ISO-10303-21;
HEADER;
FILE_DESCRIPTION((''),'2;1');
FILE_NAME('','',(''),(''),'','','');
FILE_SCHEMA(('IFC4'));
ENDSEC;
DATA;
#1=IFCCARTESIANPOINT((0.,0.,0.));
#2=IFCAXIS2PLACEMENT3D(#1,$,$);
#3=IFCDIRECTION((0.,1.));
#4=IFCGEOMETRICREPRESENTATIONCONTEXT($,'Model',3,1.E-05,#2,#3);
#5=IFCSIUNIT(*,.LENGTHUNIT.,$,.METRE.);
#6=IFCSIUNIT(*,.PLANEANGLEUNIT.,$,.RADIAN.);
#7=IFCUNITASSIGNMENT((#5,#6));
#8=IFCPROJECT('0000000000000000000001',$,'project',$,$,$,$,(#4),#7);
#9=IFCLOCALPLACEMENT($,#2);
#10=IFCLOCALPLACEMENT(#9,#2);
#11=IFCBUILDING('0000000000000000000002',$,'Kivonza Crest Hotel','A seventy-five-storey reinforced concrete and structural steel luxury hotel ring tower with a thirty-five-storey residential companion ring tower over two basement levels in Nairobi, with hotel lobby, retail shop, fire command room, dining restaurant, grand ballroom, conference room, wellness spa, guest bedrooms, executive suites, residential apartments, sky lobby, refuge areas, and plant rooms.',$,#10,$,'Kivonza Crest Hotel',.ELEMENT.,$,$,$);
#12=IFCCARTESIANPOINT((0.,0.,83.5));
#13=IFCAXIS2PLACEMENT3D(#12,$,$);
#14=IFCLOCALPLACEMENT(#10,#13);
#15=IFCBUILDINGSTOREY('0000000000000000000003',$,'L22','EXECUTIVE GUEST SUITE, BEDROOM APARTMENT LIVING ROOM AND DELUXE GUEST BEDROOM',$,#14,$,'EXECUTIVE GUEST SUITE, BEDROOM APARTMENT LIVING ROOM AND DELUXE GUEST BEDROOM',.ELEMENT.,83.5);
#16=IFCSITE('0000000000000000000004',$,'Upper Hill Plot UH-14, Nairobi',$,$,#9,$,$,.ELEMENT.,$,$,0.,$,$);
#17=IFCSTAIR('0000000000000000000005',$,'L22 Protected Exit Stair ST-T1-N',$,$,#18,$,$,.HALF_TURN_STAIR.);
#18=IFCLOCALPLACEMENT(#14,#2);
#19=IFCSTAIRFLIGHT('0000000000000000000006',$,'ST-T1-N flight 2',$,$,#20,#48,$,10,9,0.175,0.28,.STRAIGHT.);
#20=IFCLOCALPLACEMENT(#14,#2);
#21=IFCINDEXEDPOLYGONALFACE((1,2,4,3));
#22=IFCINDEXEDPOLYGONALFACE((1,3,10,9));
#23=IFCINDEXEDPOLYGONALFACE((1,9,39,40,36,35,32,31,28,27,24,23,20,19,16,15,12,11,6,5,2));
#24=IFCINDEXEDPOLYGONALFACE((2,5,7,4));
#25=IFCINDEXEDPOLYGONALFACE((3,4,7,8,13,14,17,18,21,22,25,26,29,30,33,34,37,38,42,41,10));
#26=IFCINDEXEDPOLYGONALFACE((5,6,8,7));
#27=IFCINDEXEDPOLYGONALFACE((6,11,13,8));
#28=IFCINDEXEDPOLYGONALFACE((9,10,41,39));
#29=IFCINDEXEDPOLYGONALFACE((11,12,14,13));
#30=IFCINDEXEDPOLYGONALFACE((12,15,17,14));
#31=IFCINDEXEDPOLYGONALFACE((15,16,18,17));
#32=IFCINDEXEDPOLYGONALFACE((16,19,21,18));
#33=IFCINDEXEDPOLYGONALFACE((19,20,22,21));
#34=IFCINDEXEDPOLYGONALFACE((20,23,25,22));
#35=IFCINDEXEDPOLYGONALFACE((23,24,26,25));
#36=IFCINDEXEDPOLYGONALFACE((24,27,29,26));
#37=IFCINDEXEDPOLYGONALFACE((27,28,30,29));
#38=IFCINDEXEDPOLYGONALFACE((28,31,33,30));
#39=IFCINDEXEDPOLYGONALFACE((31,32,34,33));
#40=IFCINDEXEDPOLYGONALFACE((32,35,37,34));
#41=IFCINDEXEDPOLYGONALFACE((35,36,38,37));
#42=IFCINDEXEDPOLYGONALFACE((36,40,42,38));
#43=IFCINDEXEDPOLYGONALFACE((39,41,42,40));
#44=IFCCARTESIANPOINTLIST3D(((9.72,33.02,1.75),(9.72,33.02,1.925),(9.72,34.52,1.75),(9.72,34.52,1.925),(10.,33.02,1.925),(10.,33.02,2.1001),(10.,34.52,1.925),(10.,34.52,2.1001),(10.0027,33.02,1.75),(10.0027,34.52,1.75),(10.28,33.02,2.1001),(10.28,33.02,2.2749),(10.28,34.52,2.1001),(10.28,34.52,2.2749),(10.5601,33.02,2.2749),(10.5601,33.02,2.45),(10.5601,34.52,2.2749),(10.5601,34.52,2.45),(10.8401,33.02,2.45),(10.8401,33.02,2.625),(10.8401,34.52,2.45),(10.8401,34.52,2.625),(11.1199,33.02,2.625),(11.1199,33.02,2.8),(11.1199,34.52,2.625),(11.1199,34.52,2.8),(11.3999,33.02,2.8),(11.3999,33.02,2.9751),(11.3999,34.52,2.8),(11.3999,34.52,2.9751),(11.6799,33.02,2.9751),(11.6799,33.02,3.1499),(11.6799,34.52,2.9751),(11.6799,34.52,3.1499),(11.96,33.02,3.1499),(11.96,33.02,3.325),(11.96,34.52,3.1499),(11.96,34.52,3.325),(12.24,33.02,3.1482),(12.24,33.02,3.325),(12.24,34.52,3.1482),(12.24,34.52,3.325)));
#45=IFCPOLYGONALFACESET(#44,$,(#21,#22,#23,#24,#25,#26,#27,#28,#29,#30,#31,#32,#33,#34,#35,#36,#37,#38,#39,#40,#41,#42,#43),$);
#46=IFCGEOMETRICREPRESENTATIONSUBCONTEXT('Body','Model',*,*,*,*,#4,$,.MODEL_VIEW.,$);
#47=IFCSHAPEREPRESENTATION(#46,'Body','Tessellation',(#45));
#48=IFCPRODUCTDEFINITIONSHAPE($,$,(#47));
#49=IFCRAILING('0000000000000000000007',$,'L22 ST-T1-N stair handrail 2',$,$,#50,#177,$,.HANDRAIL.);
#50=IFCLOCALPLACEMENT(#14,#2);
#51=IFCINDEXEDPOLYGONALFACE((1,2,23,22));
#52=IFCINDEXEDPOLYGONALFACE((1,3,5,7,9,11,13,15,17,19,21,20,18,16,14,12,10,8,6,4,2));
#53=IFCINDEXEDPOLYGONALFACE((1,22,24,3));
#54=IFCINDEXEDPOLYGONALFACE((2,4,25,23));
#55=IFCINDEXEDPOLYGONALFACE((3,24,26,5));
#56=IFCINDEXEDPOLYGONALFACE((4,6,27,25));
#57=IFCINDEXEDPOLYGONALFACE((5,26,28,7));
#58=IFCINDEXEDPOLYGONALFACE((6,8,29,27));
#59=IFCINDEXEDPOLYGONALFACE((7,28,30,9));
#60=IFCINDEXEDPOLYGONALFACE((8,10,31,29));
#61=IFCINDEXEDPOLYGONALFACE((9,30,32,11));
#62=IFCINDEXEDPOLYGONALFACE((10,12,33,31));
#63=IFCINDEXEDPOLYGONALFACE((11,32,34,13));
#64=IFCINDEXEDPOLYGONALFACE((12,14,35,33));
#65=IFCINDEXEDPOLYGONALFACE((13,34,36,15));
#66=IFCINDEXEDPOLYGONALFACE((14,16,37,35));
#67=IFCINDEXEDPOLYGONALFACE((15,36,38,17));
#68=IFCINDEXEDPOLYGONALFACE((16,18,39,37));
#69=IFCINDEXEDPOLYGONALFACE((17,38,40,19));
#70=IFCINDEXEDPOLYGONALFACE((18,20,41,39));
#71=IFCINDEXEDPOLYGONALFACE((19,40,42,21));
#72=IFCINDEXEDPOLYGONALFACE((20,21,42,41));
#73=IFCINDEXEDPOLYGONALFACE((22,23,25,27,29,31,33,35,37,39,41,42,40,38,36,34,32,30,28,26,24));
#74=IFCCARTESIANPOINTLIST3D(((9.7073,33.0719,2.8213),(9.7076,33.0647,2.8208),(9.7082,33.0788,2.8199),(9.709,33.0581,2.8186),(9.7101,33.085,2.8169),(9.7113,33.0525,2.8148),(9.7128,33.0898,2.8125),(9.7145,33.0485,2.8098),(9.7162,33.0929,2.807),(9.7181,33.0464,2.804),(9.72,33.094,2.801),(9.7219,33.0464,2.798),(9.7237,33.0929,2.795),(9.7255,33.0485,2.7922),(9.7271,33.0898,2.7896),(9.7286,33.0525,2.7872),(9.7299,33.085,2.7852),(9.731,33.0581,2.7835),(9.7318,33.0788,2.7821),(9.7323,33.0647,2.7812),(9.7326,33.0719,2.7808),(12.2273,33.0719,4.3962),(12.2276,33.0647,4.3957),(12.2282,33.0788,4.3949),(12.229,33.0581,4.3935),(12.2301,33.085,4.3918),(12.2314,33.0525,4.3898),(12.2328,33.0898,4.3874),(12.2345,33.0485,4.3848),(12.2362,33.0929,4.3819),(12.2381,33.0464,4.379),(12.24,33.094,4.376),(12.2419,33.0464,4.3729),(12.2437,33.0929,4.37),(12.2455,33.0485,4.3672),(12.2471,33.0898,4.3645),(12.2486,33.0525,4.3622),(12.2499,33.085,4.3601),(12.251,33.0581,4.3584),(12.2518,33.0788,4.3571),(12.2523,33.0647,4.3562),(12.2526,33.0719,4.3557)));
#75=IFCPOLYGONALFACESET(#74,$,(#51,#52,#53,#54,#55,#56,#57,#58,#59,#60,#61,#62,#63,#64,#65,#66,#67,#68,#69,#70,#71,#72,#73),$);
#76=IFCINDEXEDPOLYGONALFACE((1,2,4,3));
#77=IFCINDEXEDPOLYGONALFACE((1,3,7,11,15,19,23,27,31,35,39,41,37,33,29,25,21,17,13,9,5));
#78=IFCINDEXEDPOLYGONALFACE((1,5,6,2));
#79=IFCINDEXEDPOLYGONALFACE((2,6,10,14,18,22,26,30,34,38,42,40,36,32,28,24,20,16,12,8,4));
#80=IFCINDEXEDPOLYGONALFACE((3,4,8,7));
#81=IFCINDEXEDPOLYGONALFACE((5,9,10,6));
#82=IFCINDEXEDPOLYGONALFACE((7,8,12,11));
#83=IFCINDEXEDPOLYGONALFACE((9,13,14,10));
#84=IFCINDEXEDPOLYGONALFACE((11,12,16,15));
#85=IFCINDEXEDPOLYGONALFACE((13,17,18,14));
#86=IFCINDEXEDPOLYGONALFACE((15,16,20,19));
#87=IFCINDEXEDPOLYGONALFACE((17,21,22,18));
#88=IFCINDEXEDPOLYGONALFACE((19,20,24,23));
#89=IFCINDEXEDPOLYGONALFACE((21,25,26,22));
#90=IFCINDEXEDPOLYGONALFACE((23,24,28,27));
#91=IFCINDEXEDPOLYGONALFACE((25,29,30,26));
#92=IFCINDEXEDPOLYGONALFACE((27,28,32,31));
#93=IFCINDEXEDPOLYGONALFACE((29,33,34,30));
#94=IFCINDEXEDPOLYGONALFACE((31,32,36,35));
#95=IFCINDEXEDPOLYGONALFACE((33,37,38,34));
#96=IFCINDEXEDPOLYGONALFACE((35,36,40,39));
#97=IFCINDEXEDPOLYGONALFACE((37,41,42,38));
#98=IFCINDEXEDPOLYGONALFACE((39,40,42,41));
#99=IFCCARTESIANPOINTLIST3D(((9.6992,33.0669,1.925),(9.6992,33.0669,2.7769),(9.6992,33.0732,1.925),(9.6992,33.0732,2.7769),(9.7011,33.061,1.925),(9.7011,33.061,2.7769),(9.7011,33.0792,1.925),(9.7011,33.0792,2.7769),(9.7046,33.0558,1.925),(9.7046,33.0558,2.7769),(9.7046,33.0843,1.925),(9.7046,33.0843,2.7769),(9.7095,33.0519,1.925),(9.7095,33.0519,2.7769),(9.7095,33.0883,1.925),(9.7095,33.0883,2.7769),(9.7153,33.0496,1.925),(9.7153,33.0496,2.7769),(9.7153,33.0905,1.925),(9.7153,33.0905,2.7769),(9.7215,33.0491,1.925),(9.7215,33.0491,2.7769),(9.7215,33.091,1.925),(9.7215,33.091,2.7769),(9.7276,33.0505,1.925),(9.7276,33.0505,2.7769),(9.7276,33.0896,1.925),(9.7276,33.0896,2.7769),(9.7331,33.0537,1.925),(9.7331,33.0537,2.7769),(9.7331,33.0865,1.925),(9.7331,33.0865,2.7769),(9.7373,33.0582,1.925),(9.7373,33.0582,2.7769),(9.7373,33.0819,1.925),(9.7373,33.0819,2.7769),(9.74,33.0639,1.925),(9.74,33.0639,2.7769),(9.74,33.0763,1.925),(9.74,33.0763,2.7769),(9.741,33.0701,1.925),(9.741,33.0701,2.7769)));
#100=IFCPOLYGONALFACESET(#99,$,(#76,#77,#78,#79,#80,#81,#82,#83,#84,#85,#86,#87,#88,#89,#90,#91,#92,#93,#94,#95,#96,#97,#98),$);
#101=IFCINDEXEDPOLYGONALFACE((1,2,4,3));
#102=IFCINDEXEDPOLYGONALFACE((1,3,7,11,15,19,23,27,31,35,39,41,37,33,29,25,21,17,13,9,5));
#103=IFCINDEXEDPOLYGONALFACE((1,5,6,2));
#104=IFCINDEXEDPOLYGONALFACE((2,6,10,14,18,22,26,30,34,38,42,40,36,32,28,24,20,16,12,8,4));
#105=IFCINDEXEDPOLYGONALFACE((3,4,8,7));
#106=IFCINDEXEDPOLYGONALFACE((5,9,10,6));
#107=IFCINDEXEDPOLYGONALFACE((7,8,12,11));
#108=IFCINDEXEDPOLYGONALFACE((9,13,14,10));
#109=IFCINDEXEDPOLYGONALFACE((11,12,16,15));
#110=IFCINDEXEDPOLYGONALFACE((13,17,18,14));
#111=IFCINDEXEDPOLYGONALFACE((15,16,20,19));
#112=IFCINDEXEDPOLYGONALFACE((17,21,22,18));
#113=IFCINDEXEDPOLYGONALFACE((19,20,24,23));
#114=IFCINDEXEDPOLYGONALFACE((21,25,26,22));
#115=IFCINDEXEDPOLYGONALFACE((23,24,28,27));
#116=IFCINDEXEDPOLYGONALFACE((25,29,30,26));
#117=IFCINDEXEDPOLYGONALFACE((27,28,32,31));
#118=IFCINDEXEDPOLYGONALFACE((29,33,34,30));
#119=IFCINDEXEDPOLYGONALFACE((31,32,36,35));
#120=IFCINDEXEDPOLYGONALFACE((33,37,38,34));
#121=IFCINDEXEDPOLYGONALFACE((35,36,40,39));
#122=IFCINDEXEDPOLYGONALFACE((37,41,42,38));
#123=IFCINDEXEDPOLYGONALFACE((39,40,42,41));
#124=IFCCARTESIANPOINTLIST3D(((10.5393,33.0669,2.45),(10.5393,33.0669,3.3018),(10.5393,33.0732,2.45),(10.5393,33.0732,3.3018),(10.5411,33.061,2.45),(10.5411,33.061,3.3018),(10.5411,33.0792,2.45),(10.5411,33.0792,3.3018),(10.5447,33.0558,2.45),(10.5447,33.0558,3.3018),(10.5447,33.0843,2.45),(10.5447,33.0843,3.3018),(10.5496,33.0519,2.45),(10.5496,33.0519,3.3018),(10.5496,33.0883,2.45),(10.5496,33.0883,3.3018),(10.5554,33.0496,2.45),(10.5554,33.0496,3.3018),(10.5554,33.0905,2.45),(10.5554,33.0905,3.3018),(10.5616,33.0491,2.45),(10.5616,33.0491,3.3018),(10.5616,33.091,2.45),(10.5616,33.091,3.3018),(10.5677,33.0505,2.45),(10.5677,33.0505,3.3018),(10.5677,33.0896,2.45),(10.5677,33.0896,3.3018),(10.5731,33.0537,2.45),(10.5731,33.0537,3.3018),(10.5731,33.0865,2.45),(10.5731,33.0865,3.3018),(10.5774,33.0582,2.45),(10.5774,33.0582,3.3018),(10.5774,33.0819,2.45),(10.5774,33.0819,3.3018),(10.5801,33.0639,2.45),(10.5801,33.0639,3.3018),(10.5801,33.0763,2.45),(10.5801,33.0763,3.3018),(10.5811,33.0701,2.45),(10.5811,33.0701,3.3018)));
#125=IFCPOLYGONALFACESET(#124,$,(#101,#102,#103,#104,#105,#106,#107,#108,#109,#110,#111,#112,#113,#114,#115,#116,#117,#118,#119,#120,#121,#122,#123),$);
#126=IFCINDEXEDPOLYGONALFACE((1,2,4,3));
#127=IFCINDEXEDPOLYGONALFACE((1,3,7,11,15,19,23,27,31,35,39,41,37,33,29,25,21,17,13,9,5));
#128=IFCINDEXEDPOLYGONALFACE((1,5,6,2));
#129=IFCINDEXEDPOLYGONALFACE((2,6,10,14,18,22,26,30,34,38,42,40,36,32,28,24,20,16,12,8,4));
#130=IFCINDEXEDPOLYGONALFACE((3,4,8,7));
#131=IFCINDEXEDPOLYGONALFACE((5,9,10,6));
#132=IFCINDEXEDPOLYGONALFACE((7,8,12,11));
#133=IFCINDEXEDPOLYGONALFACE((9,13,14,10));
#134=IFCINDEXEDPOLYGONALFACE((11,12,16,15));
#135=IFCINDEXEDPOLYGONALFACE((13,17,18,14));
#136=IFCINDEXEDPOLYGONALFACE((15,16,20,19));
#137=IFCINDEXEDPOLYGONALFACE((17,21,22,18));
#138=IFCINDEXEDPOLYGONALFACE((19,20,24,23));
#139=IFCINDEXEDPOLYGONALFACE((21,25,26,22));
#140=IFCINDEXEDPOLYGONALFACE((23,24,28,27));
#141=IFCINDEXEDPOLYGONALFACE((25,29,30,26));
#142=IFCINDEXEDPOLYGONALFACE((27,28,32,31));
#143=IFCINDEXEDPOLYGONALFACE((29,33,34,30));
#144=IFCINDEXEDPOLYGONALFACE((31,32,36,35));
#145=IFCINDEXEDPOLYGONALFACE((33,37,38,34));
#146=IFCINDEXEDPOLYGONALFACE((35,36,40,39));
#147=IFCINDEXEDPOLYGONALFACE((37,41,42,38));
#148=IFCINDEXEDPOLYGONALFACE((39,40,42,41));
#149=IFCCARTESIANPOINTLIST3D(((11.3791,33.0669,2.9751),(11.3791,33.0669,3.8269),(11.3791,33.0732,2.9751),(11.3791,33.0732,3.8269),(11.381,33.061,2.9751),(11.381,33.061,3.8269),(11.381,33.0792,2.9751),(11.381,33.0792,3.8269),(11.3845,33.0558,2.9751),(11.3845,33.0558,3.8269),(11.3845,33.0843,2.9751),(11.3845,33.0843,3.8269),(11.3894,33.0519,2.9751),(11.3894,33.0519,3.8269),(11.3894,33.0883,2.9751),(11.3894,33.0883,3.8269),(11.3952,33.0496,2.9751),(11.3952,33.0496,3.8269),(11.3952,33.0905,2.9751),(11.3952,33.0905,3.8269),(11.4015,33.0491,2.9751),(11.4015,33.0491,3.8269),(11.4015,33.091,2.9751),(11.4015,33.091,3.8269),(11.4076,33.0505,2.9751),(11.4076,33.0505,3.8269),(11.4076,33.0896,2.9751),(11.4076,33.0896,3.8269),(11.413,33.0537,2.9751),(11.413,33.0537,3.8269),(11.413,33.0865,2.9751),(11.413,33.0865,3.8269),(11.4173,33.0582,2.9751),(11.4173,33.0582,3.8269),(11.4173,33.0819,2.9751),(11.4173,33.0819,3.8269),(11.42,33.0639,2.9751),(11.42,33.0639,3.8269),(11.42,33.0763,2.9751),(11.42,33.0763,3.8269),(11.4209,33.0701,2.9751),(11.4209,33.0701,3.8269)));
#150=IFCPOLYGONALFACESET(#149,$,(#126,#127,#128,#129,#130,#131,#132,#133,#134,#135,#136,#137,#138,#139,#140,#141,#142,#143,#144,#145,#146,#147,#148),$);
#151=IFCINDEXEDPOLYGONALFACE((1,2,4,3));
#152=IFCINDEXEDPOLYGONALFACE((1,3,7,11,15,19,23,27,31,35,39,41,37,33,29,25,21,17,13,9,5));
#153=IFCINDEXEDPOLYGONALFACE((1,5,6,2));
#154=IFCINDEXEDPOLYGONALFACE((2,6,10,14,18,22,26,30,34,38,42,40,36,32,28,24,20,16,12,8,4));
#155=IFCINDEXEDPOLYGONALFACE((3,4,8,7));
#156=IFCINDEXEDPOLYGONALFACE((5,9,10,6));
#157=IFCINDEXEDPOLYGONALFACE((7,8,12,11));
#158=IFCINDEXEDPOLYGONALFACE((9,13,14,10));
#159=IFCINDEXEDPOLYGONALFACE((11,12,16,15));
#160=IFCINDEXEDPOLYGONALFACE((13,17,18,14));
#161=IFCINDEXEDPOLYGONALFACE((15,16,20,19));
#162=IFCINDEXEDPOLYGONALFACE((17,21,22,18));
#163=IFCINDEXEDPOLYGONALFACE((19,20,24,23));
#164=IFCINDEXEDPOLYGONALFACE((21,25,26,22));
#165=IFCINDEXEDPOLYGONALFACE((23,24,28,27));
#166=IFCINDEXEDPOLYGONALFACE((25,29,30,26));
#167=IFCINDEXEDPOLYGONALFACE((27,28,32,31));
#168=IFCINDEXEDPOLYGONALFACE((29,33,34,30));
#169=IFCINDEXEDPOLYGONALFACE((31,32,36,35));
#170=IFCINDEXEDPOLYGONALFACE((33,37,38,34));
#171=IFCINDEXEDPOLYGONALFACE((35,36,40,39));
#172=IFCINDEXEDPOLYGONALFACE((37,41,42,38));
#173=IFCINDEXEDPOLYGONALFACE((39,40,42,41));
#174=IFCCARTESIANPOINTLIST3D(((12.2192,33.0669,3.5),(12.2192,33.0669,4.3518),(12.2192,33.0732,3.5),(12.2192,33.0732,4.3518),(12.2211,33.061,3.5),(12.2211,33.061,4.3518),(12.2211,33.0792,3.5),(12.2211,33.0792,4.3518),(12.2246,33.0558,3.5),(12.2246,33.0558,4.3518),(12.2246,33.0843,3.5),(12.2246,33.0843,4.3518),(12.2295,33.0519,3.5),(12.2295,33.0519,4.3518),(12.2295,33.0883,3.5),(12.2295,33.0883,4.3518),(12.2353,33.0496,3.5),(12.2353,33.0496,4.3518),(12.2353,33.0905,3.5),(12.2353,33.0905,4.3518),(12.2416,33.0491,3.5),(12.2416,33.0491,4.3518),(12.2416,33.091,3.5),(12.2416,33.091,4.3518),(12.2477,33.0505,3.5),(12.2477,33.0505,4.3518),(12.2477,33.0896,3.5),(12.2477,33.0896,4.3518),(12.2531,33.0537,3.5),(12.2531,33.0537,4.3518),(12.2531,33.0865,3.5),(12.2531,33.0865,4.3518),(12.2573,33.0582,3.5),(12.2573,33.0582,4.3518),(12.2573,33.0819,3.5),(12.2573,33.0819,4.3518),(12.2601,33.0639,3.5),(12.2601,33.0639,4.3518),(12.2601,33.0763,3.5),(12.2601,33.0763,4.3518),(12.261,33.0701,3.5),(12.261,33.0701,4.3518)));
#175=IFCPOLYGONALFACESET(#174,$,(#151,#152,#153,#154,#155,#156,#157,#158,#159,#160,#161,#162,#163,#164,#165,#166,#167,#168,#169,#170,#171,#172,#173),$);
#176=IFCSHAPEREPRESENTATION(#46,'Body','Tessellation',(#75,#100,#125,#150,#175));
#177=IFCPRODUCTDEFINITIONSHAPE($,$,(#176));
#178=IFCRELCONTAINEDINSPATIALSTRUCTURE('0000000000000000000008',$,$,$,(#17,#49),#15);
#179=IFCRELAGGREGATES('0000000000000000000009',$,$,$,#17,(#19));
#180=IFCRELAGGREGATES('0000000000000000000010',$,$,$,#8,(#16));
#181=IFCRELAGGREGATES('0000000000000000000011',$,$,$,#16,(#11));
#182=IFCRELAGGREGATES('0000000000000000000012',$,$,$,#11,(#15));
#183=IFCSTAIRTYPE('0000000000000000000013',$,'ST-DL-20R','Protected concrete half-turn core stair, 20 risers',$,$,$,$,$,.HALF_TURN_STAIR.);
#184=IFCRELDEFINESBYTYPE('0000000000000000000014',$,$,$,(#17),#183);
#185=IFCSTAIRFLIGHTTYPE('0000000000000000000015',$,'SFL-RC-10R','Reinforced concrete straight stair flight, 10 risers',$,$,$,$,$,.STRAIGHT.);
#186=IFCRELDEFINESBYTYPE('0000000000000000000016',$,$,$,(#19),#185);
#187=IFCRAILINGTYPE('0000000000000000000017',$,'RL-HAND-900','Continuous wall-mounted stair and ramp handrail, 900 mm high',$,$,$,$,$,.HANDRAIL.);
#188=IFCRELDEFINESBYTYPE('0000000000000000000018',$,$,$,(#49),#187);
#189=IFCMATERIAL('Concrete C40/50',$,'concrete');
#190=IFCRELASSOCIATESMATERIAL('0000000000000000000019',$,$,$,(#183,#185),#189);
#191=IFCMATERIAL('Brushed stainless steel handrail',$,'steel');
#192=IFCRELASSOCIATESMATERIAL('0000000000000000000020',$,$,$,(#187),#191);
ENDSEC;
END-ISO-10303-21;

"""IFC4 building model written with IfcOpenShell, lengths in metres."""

from ifc_helpers import new_model, si_unit, direction, frame, origin, origin_2d, place, context, subcontext, project, spatial, polyline, circle, outline, extrude, material, type_object, element, aggregate, save


model = new_model("IFC4")

# Units and contexts
model_context = context("Model", 3, precision=1e-05, world=origin(), true_north=direction((0.0, 1.0)))
body_context = subcontext(model_context, "Body", "Model", "MODEL_VIEW")
ifc_project = project(units=[si_unit("LENGTHUNIT", "METRE"), si_unit("PLANEANGLEUNIT", "RADIAN")], contexts=[model_context])

# Site, building, storey
site_placement = place(None, origin())
site = spatial("IfcSite", under=ifc_project, at=site_placement, Name="Upper Hill Plot UH-14, Nairobi", CompositionType="ELEMENT", RefElevation=0.0)
building_placement = place(site_placement, origin())
building = spatial("IfcBuilding", under=site, at=building_placement, Name="Kivonza Crest Hotel", Description="A seventy-five-storey reinforced concrete and structural steel luxury hotel ring tower with a thirty-five-storey residential companion ring tower over two basement levels in Nairobi, with hotel lobby, retail shop, fire command room, dining restaurant, grand ballroom, conference room, wellness spa, guest bedrooms, executive suites, residential apartments, sky lobby, refuge areas, and plant rooms.", LongName="Kivonza Crest Hotel", CompositionType="ELEMENT")
storey_placement = place(building_placement, frame((0.0, 0.0, 83.5)))
storey = spatial("IfcBuildingStorey", under=building, at=storey_placement, Name="L22", Description="EXECUTIVE GUEST SUITE, BEDROOM APARTMENT LIVING ROOM AND DELUXE GUEST BEDROOM", LongName="EXECUTIVE GUEST SUITE, BEDROOM APARTMENT LIVING ROOM AND DELUXE GUEST BEDROOM", CompositionType="ELEMENT", Elevation=83.5)

# Stair, stair flight
ifc_material_1 = material(Name="Concrete C40/50", Category="concrete")
stair_type = type_object("IfcStairType", Name="ST-DL-20R", Description="Protected concrete half-turn core stair, 20 risers", PredefinedType="HALF_TURN_STAIR", material=ifc_material_1)
stair_placement = place(storey_placement, origin())
stair = element("IfcStair", 1, at=stair_placement, inside=storey, type_object=stair_type, Name="L22 Protected Exit Stair ST-T1-N", PredefinedType="HALF_TURN_STAIR")
stair_flight_type = type_object("IfcStairFlightType", Name="SFL-RC-10R", Description="Reinforced concrete straight stair flight, 10 risers", PredefinedType="STRAIGHT", material=ifc_material_1)
stair_flight_placement = place(storey_placement, frame((9.72, 33.77, 1.75), z_axis=(0.0, 0.0, 1.0), x_axis=(1.0, 0.0, 0.0)))
stair_flight = element("IfcStairFlight", 2, at=stair_flight_placement, type_object=stair_flight_type, Name="ST-T1-N flight 2", NumberOfRisers=10, NumberOfTreads=9, PredefinedType="STRAIGHT", RiserHeight=0.175, TreadLength=0.28, context=body_context, shape_type="SweptSolid", body=[
    extrude(outline(polyline([(0.0, 0.0), (0.0, 0.175), (0.28, 0.175), (0.28, 0.3501), (0.5601, 0.3501), (0.5601, 0.5249), (0.8401, 0.5249), (0.8401, 0.7), (1.1201, 0.7), (1.1201, 0.875), (1.3999, 0.875), (1.3999, 1.05), (1.6799, 1.05), (1.6799, 1.2251), (1.96, 1.2251), (1.96, 1.3999), (2.24, 1.3999), (2.24, 1.575), (2.52, 1.575), (2.52, 1.75), (2.52, 1.3982), (0.2827, 0.0), (0.0, 0.0)])), frame((0.0, 0.75, 0.0), z_axis=(0.0, -1.0, 0.0), x_axis=(1.0, 0.0, 0.0)), (0.0, 0.0, 1.0), 1.5),
])
aggregate(stair, [stair_flight])

# Railing
ifc_material_2 = material(Name="Brushed stainless steel handrail", Category="steel")
railing_type = type_object("IfcRailingType", Name="RL-HAND-900", Description="Continuous wall-mounted stair and ramp handrail, 900 mm high", PredefinedType="HANDRAIL", material=ifc_material_2)
railing_placement = place(storey_placement, frame((9.72, 33.0701, 1.925)))
element("IfcRailing", 3, at=railing_placement, inside=storey, type_object=railing_type, Name="L22 ST-T1-N stair handrail 2", PredefinedType="HANDRAIL", context=body_context, shape_type="SweptSolid", body=[
    extrude(circle(Radius=0.0239, at=origin_2d()), frame((0.0, 0.0, 0.876), z_axis=(0.848008, 0.0, 0.529984), x_axis=(0.0, 1.0, 0.0)), (0.0, 0.0, 1.0), 2.9717),
    extrude(circle(Radius=0.021, at=origin_2d()), origin(), (0.0, 0.0, 1.0), 0.8518),
    extrude(circle(Radius=0.021, at=origin_2d()), frame((0.8401, 0.0, 0.5249)), (0.0, 0.0, 1.0), 0.8518),
    extrude(circle(Radius=0.021, at=origin_2d()), frame((1.6799, 0.0, 1.05)), (0.0, 0.0, 1.0), 0.8518),
    extrude(circle(Radius=0.021, at=origin_2d()), frame((2.52, 0.0, 1.575)), (0.0, 0.0, 1.0), 0.8518),
])

save(model, "model.ifc")
